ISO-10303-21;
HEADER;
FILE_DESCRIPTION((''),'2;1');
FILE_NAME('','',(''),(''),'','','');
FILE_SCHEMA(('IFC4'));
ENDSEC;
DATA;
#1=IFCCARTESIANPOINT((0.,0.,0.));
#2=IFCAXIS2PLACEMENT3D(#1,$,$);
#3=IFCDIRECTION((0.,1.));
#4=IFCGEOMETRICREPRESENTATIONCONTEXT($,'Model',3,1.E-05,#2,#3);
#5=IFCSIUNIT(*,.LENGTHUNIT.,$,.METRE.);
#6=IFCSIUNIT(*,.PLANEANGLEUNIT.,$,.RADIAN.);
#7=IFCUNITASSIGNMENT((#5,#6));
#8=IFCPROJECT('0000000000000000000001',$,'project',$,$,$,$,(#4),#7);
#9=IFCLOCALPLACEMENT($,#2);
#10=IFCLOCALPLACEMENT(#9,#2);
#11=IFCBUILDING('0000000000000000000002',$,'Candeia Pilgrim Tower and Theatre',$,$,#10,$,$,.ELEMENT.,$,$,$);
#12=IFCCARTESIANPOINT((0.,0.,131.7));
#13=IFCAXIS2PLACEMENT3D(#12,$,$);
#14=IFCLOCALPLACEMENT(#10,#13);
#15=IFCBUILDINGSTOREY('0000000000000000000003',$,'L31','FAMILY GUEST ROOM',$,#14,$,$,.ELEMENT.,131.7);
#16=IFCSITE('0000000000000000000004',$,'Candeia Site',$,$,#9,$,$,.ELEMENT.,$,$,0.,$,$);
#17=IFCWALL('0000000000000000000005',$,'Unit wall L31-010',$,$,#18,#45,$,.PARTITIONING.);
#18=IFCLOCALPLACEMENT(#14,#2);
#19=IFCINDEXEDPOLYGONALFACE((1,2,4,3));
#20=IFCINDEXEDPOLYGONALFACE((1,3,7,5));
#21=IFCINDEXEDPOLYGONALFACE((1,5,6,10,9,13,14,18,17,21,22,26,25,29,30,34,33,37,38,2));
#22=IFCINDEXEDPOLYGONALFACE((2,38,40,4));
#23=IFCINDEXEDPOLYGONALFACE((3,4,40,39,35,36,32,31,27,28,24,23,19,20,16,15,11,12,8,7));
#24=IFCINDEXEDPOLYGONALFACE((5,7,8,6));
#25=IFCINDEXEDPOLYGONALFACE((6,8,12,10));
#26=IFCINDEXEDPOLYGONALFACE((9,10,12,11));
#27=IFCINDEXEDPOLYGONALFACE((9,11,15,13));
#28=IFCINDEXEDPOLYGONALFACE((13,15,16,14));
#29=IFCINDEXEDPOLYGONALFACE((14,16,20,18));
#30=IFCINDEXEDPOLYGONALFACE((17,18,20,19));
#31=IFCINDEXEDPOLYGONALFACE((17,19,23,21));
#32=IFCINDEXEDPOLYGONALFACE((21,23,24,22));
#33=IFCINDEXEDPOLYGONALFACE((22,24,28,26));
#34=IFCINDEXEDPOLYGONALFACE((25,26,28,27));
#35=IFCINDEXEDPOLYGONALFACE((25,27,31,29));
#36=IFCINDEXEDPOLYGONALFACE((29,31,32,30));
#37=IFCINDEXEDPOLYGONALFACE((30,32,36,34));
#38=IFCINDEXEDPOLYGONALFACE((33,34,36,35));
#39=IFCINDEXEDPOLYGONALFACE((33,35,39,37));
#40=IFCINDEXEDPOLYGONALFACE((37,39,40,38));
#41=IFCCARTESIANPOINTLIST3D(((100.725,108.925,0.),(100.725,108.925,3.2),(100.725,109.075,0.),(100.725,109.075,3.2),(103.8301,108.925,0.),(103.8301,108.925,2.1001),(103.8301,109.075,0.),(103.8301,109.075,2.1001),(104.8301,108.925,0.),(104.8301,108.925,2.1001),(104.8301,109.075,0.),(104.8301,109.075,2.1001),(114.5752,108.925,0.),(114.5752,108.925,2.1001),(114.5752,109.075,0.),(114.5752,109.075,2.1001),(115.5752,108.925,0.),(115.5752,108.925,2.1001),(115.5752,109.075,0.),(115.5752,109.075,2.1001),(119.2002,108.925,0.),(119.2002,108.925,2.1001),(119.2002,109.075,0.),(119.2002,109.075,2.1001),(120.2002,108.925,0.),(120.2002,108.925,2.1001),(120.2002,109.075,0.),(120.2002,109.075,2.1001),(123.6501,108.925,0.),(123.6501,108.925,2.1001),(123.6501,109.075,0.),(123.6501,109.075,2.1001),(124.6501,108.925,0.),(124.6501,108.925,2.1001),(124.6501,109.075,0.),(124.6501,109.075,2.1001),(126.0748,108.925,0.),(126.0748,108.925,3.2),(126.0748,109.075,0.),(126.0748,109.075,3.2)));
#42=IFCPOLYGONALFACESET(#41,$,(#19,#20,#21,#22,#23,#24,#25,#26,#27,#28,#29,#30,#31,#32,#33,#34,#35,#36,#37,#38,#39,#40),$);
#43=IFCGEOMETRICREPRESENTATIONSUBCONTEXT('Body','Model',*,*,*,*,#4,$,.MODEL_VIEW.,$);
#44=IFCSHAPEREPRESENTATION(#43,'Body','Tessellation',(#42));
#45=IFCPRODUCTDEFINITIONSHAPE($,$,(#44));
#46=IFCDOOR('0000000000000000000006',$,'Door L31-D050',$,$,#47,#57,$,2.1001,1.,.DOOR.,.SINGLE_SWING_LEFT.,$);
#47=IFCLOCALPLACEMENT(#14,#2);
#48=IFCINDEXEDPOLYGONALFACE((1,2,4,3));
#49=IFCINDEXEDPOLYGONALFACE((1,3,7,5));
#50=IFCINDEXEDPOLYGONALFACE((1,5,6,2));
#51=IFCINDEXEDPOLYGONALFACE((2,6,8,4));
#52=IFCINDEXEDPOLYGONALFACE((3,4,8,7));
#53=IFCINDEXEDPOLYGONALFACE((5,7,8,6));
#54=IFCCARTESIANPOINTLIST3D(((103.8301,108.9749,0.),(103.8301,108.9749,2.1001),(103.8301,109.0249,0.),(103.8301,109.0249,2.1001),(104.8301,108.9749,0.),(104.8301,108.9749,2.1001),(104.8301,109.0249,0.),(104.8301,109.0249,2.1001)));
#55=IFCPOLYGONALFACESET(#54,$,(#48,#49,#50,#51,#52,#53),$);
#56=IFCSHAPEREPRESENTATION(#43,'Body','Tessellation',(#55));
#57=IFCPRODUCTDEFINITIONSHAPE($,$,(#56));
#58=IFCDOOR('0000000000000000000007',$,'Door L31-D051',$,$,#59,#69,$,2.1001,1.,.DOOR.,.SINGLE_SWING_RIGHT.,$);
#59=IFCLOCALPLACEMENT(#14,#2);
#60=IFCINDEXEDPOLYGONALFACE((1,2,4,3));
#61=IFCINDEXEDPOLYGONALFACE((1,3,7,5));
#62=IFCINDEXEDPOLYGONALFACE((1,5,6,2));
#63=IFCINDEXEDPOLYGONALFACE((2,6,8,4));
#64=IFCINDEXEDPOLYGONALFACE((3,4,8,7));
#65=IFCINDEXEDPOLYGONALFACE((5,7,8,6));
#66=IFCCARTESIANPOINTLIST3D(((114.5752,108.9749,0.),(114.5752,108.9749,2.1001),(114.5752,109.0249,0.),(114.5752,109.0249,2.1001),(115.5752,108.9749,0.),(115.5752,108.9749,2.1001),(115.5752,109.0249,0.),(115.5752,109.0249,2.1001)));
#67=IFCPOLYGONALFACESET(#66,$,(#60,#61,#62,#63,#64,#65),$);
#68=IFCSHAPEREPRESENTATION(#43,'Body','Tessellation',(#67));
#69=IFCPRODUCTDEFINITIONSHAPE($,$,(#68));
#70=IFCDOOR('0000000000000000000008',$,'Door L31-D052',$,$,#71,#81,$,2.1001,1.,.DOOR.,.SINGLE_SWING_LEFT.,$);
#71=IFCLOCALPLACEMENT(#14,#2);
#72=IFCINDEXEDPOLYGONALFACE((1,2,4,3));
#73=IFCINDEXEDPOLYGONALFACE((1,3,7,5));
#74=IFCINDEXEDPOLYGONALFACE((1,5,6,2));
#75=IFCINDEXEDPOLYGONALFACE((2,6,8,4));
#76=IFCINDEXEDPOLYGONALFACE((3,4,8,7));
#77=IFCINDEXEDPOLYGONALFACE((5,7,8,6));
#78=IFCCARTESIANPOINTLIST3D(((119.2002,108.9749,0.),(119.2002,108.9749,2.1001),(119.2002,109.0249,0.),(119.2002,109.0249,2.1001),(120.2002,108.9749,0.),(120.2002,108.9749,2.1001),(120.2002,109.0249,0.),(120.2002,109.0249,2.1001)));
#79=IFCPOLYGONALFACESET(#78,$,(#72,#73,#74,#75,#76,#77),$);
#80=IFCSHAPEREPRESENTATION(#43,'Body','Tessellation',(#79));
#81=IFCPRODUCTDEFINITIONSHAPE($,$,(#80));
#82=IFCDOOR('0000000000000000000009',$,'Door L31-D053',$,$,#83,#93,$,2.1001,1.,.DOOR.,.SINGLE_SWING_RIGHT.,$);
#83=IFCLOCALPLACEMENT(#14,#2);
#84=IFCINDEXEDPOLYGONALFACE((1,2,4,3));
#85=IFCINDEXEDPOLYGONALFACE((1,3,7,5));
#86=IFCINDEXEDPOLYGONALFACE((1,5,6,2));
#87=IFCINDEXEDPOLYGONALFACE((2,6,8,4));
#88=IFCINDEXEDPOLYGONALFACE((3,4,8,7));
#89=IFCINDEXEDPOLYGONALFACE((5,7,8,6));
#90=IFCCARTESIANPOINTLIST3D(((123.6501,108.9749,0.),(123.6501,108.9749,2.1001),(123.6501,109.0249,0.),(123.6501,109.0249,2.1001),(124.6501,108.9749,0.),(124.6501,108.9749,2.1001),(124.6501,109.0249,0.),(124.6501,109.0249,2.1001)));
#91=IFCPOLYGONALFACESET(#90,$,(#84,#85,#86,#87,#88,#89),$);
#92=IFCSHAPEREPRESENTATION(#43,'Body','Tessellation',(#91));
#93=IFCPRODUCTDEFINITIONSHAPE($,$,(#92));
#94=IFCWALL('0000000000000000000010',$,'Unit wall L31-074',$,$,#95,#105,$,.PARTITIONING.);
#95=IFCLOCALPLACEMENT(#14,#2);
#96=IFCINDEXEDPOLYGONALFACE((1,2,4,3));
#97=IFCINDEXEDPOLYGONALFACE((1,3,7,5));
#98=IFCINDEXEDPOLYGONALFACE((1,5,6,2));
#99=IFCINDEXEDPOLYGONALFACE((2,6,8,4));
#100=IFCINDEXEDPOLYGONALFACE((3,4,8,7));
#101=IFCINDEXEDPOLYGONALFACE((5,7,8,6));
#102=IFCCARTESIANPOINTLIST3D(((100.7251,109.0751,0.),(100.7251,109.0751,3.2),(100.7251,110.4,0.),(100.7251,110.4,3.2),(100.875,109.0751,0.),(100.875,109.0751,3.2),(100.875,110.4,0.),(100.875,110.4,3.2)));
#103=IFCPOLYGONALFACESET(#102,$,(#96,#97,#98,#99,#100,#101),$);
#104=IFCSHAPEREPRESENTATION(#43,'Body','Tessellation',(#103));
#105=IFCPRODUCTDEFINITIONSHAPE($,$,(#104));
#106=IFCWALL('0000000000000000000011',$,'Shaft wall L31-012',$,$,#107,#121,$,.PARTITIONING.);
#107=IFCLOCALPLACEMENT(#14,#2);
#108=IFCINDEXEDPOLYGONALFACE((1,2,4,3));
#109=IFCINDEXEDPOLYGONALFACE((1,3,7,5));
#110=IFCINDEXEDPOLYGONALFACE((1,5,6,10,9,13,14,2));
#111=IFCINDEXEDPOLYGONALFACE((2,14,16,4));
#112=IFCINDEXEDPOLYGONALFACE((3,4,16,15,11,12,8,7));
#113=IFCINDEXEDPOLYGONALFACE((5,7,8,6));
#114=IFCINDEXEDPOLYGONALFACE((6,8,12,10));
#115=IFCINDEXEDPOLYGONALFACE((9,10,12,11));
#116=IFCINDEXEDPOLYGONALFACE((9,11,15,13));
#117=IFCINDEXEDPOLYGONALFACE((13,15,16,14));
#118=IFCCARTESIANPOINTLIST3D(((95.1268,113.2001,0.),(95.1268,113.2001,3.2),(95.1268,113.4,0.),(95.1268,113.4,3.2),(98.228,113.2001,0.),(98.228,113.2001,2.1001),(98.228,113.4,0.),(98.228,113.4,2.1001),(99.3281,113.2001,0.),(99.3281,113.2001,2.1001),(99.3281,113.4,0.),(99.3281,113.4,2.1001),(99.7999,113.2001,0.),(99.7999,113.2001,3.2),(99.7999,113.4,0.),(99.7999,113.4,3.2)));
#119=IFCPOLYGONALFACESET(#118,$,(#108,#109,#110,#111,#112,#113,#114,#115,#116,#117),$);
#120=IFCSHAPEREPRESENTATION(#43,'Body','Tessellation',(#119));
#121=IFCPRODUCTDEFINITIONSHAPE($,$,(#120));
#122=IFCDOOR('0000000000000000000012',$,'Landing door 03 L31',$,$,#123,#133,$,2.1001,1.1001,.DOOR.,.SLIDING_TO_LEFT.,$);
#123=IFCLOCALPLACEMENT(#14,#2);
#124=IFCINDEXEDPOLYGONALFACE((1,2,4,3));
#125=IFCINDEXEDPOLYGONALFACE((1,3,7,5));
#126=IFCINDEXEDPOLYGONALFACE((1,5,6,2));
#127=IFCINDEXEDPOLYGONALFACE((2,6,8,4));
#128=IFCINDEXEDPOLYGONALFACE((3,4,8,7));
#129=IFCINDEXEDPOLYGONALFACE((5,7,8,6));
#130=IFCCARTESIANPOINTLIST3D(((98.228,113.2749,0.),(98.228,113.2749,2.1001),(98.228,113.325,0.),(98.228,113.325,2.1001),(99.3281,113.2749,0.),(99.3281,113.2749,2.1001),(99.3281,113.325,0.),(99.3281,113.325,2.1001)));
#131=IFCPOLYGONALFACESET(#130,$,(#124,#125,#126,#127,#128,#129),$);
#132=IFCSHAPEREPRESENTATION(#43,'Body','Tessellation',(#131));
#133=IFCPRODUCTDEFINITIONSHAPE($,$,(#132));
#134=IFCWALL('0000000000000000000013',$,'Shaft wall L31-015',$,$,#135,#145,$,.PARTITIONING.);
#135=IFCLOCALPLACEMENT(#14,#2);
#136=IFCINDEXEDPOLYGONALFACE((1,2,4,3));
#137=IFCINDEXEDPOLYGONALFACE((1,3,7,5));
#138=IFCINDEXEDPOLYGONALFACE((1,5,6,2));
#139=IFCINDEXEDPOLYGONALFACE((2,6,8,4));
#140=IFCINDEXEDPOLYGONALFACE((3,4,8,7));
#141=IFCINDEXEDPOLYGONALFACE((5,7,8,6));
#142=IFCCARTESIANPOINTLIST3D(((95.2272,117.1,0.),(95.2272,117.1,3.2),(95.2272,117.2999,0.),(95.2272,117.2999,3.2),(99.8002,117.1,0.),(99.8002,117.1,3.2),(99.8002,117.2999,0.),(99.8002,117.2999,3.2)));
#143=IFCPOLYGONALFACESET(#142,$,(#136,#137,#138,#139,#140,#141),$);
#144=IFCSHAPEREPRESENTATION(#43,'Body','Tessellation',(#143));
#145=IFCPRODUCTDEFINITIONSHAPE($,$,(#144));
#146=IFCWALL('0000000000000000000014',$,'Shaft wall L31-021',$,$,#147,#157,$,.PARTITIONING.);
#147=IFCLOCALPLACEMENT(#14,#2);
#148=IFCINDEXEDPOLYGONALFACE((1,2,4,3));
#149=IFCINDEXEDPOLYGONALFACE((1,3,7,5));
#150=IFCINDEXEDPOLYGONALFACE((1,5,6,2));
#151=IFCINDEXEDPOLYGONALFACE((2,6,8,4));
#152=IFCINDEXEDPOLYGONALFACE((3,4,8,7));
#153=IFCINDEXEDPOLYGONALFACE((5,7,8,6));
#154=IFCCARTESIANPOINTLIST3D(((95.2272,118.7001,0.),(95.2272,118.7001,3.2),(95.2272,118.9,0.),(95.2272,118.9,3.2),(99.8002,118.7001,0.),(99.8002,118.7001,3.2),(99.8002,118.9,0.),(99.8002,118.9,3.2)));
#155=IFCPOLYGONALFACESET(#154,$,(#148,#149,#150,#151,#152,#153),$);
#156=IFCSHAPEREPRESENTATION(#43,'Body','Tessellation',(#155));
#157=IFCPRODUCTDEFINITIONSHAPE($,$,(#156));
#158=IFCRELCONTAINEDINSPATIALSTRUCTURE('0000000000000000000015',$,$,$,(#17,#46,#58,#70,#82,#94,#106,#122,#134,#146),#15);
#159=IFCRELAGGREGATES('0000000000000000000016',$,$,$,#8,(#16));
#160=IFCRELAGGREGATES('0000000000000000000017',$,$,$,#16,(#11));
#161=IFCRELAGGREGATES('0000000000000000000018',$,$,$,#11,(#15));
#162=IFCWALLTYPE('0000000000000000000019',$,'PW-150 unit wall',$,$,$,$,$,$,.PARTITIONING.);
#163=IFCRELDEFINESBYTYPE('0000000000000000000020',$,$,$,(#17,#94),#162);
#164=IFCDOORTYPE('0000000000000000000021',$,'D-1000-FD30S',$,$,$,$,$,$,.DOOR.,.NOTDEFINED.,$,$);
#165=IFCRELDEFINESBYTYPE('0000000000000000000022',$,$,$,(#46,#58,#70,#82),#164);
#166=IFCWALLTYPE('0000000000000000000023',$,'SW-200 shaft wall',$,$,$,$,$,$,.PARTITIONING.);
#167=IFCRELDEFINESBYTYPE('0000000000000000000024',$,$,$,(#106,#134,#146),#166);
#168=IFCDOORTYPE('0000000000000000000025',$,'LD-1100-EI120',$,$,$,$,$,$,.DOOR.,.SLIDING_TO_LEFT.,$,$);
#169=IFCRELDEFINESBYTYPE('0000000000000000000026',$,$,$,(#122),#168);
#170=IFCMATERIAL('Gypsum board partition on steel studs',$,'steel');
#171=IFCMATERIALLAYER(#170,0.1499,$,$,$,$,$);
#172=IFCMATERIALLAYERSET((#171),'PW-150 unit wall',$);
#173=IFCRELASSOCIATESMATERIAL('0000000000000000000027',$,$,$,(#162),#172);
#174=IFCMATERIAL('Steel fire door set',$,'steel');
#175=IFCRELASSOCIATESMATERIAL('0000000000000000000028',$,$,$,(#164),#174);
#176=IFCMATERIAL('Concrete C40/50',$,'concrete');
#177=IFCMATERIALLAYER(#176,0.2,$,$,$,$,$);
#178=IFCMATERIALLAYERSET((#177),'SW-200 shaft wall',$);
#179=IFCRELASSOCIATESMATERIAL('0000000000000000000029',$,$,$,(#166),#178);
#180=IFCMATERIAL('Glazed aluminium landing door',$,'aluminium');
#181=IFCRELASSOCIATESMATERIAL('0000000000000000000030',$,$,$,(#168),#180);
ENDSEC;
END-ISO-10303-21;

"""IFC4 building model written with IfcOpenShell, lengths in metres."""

from ifc_helpers import new_model, si_unit, direction, frame, frame_2d, origin, place, context, subcontext, project, spatial, rectangle, extrude, material, layer, layer_set, type_object, element, fill, save


model = new_model("IFC4")

# Units and contexts
model_context = context("Model", 3, precision=1e-05, world=origin(), true_north=direction((0.0, 1.0)))
body_context = subcontext(model_context, "Body", "Model", "MODEL_VIEW")
ifc_project = project(units=[si_unit("LENGTHUNIT", "METRE"), si_unit("PLANEANGLEUNIT", "RADIAN")], contexts=[model_context])

# Site, building, storey
site_placement = place(None, origin())
site = spatial("IfcSite", under=ifc_project, at=site_placement, Name="Candeia Site", CompositionType="ELEMENT", RefElevation=0.0)
building_placement = place(site_placement, origin())
building = spatial("IfcBuilding", under=site, at=building_placement, Name="Candeia Pilgrim Tower and Theatre", CompositionType="ELEMENT")
storey_placement = place(building_placement, frame((0.0, 0.0, 131.7)))
storey = spatial("IfcBuildingStorey", under=building, at=storey_placement, Name="L31", Description="FAMILY GUEST ROOM", CompositionType="ELEMENT", Elevation=131.7)

# Shared definitions
ifc_material_1 = material(Name="Steel fire door set", Category="steel")

# Shared definitions
ifc_material_2 = material(Name="Gypsum board partition on steel studs", Category="steel")

# Wall, openings, doors
ifc_layer_1 = layer(ifc_material_2, 0.1499)
ifc_layer_set_1 = layer_set([ifc_layer_1], Name="PW-150 unit wall")
wall_type_1 = type_object("IfcWallType", Name="PW-150 unit wall", PredefinedType="PARTITIONING", material=ifc_layer_set_1)
wall_1_placement = place(storey_placement, frame((100.7251, 109.0, 0.0), z_axis=(0.0, 0.0, 1.0), x_axis=(1.0, 0.0, 0.0)))
wall_1 = element("IfcWall", 1, at=wall_1_placement, inside=storey, type_object=wall_type_1, Name="Unit wall L31-010", PredefinedType="PARTITIONING", context=body_context, shape_type="SweptSolid", body=[
    extrude(rectangle(XDim=25.3499, YDim=0.1499, at=frame_2d((12.6748, 0.0))), origin(), (0.0, 0.0, 1.0), 3.2),
])
opening_1_placement = place(wall_1_placement, frame((3.105, 0.0, 0.0)))
opening_1 = element("IfcOpeningElement", 2, at=opening_1_placement, cuts=wall_1, PredefinedType="OPENING", context=body_context, shape_type="SweptSolid", body=[
    extrude(rectangle(XDim=1.0, YDim=2.1001, at=frame_2d((0.5, 1.05))), frame((0.0, 0.085, 0.0), z_axis=(0.0, -1.0, 0.0), x_axis=(1.0, 0.0, 0.0)), (0.0, 0.0, 1.0), 0.1699),
])
opening_2_placement = place(wall_1_placement, frame((13.8501, 0.0, 0.0)))
opening_2 = element("IfcOpeningElement", 3, at=opening_2_placement, cuts=wall_1, PredefinedType="OPENING", context=body_context, shape_type="SweptSolid", body=[
    extrude(rectangle(XDim=1.0, YDim=2.1001, at=frame_2d((0.5, 1.05))), frame((0.0, 0.085, 0.0), z_axis=(0.0, -1.0, 0.0), x_axis=(1.0, 0.0, 0.0)), (0.0, 0.0, 1.0), 0.1699),
])
opening_3_placement = place(wall_1_placement, frame((18.4751, 0.0, 0.0)))
opening_3 = element("IfcOpeningElement", 4, at=opening_3_placement, cuts=wall_1, PredefinedType="OPENING", context=body_context, shape_type="SweptSolid", body=[
    extrude(rectangle(XDim=1.0, YDim=2.1001, at=frame_2d((0.5, 1.05))), frame((0.0, 0.085, 0.0), z_axis=(0.0, -1.0, 0.0), x_axis=(1.0, 0.0, 0.0)), (0.0, 0.0, 1.0), 0.1699),
])
opening_4_placement = place(wall_1_placement, frame((22.925, 0.0, 0.0)))
opening_4 = element("IfcOpeningElement", 5, at=opening_4_placement, cuts=wall_1, PredefinedType="OPENING", context=body_context, shape_type="SweptSolid", body=[
    extrude(rectangle(XDim=1.0, YDim=2.1001, at=frame_2d((0.5, 1.05))), frame((0.0, 0.085, 0.0), z_axis=(0.0, -1.0, 0.0), x_axis=(1.0, 0.0, 0.0)), (0.0, 0.0, 1.0), 0.1699),
])
door_type_1 = type_object("IfcDoorType", Name="D-1000-FD30S", OperationType="NOTDEFINED", PredefinedType="DOOR", material=ifc_material_1)
door_1_placement = place(opening_1_placement, origin())
door_1 = element("IfcDoor", 6, at=door_1_placement, inside=storey, type_object=door_type_1, Name="Door L31-D050", OperationType="SINGLE_SWING_LEFT", OverallHeight=2.1001, OverallWidth=1.0, PredefinedType="DOOR", context=body_context, shape_type="SweptSolid", body=[
    extrude(rectangle(XDim=1.0, YDim=2.1001, at=frame_2d((0.5, 1.05))), frame((0.0, 0.0249, 0.0), z_axis=(0.0, -1.0, 0.0), x_axis=(1.0, 0.0, 0.0)), (0.0, 0.0, 1.0), 0.05),
])
fill(opening_1, door_1)
door_2_placement = place(opening_2_placement, origin())
door_2 = element("IfcDoor", 7, at=door_2_placement, inside=storey, type_object=door_type_1, Name="Door L31-D051", OperationType="SINGLE_SWING_RIGHT", OverallHeight=2.1001, OverallWidth=1.0, PredefinedType="DOOR", context=body_context, shape_type="SweptSolid", body=[
    extrude(rectangle(XDim=1.0, YDim=2.1001, at=frame_2d((0.5, 1.05))), frame((0.0, 0.0249, 0.0), z_axis=(0.0, -1.0, 0.0), x_axis=(1.0, 0.0, 0.0)), (0.0, 0.0, 1.0), 0.05),
])
fill(opening_2, door_2)
door_3_placement = place(opening_3_placement, origin())
door_3 = element("IfcDoor", 8, at=door_3_placement, inside=storey, type_object=door_type_1, Name="Door L31-D052", OperationType="SINGLE_SWING_LEFT", OverallHeight=2.1001, OverallWidth=1.0, PredefinedType="DOOR", context=body_context, shape_type="SweptSolid", body=[
    extrude(rectangle(XDim=1.0, YDim=2.1001, at=frame_2d((0.5, 1.05))), frame((0.0, 0.0249, 0.0), z_axis=(0.0, -1.0, 0.0), x_axis=(1.0, 0.0, 0.0)), (0.0, 0.0, 1.0), 0.05),
])
fill(opening_3, door_3)
door_4_placement = place(opening_4_placement, origin())
door_4 = element("IfcDoor", 9, at=door_4_placement, inside=storey, type_object=door_type_1, Name="Door L31-D053", OperationType="SINGLE_SWING_RIGHT", OverallHeight=2.1001, OverallWidth=1.0, PredefinedType="DOOR", context=body_context, shape_type="SweptSolid", body=[
    extrude(rectangle(XDim=1.0, YDim=2.1001, at=frame_2d((0.5, 1.05))), frame((0.0, 0.0249, 0.0), z_axis=(0.0, -1.0, 0.0), x_axis=(1.0, 0.0, 0.0)), (0.0, 0.0, 1.0), 0.05),
])
fill(opening_4, door_4)

# Wall
wall_2_placement = place(storey_placement, frame((100.8, 109.075, 0.0), z_axis=(0.0, 0.0, 1.0), x_axis=(0.0, 1.0, 0.0)))
element("IfcWall", 10, at=wall_2_placement, inside=storey, type_object=wall_type_1, Name="Unit wall L31-074", PredefinedType="PARTITIONING", context=body_context, shape_type="SweptSolid", body=[
    extrude(rectangle(XDim=1.325, YDim=0.1499, at=frame_2d((0.6626, 0.0))), origin(), (0.0, 0.0, 1.0), 3.2),
])

# Wall, opening, door
ifc_material_3 = material(Name="Concrete C40/50", Category="concrete")
ifc_layer_2 = layer(ifc_material_3, 0.2)
ifc_layer_set_2 = layer_set([ifc_layer_2], Name="SW-200 shaft wall")
wall_type_2 = type_object("IfcWallType", Name="SW-200 shaft wall", PredefinedType="PARTITIONING", material=ifc_layer_set_2)
wall_3_placement = place(storey_placement, frame((95.127, 113.3, 0.0), z_axis=(0.0, 0.0, 1.0), x_axis=(1.0, 0.0, 0.0)))
wall_3 = element("IfcWall", 11, at=wall_3_placement, inside=storey, type_object=wall_type_2, Name="Shaft wall L31-012", PredefinedType="PARTITIONING", context=body_context, shape_type="SweptSolid", body=[
    extrude(rectangle(XDim=4.6731, YDim=0.2, at=frame_2d((2.3364, 0.0))), origin(), (0.0, 0.0, 1.0), 3.2),
])
opening_5_placement = place(wall_3_placement, frame((3.1011, 0.0, 0.0)))
opening_5 = element("IfcOpeningElement", 12, at=opening_5_placement, cuts=wall_3, PredefinedType="OPENING", context=body_context, shape_type="SweptSolid", body=[
    extrude(rectangle(XDim=1.1001, YDim=2.1001, at=frame_2d((0.55, 1.05))), frame((0.0, 0.1099, 0.0), z_axis=(0.0, -1.0, 0.0), x_axis=(1.0, 0.0, 0.0)), (0.0, 0.0, 1.0), 0.22),
])
ifc_material_4 = material(Name="Glazed aluminium landing door", Category="aluminium")
door_type_2 = type_object("IfcDoorType", Name="LD-1100-EI120", OperationType="SLIDING_TO_LEFT", PredefinedType="DOOR", material=ifc_material_4)
door_5_placement = place(opening_5_placement, origin())
door_5 = element("IfcDoor", 13, at=door_5_placement, inside=storey, type_object=door_type_2, Name="Landing door 03 L31", OperationType="SLIDING_TO_LEFT", OverallHeight=2.1001, OverallWidth=1.1001, PredefinedType="DOOR", context=body_context, shape_type="SweptSolid", body=[
    extrude(rectangle(XDim=1.1001, YDim=2.1001, at=frame_2d((0.55, 1.05))), frame((0.0, 0.0249, 0.0), z_axis=(0.0, -1.0, 0.0), x_axis=(1.0, 0.0, 0.0)), (0.0, 0.0, 1.0), 0.05),
])
fill(opening_5, door_5)

# Walls
for number, where, z_axis, x_axis, name in (
    (14, (95.2271, 117.2, 0.0), (0.0, 0.0, 1.0), (1.0, 0.0, 0.0), "Shaft wall L31-015"),
    (15, (95.2271, 118.8, 0.0), (0.0, 0.0, 1.0), (1.0, 0.0, 0.0), "Shaft wall L31-021"),
):
    element("IfcWall", number, at=place(storey_placement, frame(where, z_axis=z_axis, x_axis=x_axis)), inside=storey, type_object=wall_type_2, Name=name, PredefinedType="PARTITIONING", context=body_context, shape_type="SweptSolid", body=[
        extrude(rectangle(XDim=4.573, YDim=0.2, at=frame_2d((2.2866, 0.0))), origin(), (0.0, 0.0, 1.0), 3.2),
    ])

save(model, "model.ifc")
